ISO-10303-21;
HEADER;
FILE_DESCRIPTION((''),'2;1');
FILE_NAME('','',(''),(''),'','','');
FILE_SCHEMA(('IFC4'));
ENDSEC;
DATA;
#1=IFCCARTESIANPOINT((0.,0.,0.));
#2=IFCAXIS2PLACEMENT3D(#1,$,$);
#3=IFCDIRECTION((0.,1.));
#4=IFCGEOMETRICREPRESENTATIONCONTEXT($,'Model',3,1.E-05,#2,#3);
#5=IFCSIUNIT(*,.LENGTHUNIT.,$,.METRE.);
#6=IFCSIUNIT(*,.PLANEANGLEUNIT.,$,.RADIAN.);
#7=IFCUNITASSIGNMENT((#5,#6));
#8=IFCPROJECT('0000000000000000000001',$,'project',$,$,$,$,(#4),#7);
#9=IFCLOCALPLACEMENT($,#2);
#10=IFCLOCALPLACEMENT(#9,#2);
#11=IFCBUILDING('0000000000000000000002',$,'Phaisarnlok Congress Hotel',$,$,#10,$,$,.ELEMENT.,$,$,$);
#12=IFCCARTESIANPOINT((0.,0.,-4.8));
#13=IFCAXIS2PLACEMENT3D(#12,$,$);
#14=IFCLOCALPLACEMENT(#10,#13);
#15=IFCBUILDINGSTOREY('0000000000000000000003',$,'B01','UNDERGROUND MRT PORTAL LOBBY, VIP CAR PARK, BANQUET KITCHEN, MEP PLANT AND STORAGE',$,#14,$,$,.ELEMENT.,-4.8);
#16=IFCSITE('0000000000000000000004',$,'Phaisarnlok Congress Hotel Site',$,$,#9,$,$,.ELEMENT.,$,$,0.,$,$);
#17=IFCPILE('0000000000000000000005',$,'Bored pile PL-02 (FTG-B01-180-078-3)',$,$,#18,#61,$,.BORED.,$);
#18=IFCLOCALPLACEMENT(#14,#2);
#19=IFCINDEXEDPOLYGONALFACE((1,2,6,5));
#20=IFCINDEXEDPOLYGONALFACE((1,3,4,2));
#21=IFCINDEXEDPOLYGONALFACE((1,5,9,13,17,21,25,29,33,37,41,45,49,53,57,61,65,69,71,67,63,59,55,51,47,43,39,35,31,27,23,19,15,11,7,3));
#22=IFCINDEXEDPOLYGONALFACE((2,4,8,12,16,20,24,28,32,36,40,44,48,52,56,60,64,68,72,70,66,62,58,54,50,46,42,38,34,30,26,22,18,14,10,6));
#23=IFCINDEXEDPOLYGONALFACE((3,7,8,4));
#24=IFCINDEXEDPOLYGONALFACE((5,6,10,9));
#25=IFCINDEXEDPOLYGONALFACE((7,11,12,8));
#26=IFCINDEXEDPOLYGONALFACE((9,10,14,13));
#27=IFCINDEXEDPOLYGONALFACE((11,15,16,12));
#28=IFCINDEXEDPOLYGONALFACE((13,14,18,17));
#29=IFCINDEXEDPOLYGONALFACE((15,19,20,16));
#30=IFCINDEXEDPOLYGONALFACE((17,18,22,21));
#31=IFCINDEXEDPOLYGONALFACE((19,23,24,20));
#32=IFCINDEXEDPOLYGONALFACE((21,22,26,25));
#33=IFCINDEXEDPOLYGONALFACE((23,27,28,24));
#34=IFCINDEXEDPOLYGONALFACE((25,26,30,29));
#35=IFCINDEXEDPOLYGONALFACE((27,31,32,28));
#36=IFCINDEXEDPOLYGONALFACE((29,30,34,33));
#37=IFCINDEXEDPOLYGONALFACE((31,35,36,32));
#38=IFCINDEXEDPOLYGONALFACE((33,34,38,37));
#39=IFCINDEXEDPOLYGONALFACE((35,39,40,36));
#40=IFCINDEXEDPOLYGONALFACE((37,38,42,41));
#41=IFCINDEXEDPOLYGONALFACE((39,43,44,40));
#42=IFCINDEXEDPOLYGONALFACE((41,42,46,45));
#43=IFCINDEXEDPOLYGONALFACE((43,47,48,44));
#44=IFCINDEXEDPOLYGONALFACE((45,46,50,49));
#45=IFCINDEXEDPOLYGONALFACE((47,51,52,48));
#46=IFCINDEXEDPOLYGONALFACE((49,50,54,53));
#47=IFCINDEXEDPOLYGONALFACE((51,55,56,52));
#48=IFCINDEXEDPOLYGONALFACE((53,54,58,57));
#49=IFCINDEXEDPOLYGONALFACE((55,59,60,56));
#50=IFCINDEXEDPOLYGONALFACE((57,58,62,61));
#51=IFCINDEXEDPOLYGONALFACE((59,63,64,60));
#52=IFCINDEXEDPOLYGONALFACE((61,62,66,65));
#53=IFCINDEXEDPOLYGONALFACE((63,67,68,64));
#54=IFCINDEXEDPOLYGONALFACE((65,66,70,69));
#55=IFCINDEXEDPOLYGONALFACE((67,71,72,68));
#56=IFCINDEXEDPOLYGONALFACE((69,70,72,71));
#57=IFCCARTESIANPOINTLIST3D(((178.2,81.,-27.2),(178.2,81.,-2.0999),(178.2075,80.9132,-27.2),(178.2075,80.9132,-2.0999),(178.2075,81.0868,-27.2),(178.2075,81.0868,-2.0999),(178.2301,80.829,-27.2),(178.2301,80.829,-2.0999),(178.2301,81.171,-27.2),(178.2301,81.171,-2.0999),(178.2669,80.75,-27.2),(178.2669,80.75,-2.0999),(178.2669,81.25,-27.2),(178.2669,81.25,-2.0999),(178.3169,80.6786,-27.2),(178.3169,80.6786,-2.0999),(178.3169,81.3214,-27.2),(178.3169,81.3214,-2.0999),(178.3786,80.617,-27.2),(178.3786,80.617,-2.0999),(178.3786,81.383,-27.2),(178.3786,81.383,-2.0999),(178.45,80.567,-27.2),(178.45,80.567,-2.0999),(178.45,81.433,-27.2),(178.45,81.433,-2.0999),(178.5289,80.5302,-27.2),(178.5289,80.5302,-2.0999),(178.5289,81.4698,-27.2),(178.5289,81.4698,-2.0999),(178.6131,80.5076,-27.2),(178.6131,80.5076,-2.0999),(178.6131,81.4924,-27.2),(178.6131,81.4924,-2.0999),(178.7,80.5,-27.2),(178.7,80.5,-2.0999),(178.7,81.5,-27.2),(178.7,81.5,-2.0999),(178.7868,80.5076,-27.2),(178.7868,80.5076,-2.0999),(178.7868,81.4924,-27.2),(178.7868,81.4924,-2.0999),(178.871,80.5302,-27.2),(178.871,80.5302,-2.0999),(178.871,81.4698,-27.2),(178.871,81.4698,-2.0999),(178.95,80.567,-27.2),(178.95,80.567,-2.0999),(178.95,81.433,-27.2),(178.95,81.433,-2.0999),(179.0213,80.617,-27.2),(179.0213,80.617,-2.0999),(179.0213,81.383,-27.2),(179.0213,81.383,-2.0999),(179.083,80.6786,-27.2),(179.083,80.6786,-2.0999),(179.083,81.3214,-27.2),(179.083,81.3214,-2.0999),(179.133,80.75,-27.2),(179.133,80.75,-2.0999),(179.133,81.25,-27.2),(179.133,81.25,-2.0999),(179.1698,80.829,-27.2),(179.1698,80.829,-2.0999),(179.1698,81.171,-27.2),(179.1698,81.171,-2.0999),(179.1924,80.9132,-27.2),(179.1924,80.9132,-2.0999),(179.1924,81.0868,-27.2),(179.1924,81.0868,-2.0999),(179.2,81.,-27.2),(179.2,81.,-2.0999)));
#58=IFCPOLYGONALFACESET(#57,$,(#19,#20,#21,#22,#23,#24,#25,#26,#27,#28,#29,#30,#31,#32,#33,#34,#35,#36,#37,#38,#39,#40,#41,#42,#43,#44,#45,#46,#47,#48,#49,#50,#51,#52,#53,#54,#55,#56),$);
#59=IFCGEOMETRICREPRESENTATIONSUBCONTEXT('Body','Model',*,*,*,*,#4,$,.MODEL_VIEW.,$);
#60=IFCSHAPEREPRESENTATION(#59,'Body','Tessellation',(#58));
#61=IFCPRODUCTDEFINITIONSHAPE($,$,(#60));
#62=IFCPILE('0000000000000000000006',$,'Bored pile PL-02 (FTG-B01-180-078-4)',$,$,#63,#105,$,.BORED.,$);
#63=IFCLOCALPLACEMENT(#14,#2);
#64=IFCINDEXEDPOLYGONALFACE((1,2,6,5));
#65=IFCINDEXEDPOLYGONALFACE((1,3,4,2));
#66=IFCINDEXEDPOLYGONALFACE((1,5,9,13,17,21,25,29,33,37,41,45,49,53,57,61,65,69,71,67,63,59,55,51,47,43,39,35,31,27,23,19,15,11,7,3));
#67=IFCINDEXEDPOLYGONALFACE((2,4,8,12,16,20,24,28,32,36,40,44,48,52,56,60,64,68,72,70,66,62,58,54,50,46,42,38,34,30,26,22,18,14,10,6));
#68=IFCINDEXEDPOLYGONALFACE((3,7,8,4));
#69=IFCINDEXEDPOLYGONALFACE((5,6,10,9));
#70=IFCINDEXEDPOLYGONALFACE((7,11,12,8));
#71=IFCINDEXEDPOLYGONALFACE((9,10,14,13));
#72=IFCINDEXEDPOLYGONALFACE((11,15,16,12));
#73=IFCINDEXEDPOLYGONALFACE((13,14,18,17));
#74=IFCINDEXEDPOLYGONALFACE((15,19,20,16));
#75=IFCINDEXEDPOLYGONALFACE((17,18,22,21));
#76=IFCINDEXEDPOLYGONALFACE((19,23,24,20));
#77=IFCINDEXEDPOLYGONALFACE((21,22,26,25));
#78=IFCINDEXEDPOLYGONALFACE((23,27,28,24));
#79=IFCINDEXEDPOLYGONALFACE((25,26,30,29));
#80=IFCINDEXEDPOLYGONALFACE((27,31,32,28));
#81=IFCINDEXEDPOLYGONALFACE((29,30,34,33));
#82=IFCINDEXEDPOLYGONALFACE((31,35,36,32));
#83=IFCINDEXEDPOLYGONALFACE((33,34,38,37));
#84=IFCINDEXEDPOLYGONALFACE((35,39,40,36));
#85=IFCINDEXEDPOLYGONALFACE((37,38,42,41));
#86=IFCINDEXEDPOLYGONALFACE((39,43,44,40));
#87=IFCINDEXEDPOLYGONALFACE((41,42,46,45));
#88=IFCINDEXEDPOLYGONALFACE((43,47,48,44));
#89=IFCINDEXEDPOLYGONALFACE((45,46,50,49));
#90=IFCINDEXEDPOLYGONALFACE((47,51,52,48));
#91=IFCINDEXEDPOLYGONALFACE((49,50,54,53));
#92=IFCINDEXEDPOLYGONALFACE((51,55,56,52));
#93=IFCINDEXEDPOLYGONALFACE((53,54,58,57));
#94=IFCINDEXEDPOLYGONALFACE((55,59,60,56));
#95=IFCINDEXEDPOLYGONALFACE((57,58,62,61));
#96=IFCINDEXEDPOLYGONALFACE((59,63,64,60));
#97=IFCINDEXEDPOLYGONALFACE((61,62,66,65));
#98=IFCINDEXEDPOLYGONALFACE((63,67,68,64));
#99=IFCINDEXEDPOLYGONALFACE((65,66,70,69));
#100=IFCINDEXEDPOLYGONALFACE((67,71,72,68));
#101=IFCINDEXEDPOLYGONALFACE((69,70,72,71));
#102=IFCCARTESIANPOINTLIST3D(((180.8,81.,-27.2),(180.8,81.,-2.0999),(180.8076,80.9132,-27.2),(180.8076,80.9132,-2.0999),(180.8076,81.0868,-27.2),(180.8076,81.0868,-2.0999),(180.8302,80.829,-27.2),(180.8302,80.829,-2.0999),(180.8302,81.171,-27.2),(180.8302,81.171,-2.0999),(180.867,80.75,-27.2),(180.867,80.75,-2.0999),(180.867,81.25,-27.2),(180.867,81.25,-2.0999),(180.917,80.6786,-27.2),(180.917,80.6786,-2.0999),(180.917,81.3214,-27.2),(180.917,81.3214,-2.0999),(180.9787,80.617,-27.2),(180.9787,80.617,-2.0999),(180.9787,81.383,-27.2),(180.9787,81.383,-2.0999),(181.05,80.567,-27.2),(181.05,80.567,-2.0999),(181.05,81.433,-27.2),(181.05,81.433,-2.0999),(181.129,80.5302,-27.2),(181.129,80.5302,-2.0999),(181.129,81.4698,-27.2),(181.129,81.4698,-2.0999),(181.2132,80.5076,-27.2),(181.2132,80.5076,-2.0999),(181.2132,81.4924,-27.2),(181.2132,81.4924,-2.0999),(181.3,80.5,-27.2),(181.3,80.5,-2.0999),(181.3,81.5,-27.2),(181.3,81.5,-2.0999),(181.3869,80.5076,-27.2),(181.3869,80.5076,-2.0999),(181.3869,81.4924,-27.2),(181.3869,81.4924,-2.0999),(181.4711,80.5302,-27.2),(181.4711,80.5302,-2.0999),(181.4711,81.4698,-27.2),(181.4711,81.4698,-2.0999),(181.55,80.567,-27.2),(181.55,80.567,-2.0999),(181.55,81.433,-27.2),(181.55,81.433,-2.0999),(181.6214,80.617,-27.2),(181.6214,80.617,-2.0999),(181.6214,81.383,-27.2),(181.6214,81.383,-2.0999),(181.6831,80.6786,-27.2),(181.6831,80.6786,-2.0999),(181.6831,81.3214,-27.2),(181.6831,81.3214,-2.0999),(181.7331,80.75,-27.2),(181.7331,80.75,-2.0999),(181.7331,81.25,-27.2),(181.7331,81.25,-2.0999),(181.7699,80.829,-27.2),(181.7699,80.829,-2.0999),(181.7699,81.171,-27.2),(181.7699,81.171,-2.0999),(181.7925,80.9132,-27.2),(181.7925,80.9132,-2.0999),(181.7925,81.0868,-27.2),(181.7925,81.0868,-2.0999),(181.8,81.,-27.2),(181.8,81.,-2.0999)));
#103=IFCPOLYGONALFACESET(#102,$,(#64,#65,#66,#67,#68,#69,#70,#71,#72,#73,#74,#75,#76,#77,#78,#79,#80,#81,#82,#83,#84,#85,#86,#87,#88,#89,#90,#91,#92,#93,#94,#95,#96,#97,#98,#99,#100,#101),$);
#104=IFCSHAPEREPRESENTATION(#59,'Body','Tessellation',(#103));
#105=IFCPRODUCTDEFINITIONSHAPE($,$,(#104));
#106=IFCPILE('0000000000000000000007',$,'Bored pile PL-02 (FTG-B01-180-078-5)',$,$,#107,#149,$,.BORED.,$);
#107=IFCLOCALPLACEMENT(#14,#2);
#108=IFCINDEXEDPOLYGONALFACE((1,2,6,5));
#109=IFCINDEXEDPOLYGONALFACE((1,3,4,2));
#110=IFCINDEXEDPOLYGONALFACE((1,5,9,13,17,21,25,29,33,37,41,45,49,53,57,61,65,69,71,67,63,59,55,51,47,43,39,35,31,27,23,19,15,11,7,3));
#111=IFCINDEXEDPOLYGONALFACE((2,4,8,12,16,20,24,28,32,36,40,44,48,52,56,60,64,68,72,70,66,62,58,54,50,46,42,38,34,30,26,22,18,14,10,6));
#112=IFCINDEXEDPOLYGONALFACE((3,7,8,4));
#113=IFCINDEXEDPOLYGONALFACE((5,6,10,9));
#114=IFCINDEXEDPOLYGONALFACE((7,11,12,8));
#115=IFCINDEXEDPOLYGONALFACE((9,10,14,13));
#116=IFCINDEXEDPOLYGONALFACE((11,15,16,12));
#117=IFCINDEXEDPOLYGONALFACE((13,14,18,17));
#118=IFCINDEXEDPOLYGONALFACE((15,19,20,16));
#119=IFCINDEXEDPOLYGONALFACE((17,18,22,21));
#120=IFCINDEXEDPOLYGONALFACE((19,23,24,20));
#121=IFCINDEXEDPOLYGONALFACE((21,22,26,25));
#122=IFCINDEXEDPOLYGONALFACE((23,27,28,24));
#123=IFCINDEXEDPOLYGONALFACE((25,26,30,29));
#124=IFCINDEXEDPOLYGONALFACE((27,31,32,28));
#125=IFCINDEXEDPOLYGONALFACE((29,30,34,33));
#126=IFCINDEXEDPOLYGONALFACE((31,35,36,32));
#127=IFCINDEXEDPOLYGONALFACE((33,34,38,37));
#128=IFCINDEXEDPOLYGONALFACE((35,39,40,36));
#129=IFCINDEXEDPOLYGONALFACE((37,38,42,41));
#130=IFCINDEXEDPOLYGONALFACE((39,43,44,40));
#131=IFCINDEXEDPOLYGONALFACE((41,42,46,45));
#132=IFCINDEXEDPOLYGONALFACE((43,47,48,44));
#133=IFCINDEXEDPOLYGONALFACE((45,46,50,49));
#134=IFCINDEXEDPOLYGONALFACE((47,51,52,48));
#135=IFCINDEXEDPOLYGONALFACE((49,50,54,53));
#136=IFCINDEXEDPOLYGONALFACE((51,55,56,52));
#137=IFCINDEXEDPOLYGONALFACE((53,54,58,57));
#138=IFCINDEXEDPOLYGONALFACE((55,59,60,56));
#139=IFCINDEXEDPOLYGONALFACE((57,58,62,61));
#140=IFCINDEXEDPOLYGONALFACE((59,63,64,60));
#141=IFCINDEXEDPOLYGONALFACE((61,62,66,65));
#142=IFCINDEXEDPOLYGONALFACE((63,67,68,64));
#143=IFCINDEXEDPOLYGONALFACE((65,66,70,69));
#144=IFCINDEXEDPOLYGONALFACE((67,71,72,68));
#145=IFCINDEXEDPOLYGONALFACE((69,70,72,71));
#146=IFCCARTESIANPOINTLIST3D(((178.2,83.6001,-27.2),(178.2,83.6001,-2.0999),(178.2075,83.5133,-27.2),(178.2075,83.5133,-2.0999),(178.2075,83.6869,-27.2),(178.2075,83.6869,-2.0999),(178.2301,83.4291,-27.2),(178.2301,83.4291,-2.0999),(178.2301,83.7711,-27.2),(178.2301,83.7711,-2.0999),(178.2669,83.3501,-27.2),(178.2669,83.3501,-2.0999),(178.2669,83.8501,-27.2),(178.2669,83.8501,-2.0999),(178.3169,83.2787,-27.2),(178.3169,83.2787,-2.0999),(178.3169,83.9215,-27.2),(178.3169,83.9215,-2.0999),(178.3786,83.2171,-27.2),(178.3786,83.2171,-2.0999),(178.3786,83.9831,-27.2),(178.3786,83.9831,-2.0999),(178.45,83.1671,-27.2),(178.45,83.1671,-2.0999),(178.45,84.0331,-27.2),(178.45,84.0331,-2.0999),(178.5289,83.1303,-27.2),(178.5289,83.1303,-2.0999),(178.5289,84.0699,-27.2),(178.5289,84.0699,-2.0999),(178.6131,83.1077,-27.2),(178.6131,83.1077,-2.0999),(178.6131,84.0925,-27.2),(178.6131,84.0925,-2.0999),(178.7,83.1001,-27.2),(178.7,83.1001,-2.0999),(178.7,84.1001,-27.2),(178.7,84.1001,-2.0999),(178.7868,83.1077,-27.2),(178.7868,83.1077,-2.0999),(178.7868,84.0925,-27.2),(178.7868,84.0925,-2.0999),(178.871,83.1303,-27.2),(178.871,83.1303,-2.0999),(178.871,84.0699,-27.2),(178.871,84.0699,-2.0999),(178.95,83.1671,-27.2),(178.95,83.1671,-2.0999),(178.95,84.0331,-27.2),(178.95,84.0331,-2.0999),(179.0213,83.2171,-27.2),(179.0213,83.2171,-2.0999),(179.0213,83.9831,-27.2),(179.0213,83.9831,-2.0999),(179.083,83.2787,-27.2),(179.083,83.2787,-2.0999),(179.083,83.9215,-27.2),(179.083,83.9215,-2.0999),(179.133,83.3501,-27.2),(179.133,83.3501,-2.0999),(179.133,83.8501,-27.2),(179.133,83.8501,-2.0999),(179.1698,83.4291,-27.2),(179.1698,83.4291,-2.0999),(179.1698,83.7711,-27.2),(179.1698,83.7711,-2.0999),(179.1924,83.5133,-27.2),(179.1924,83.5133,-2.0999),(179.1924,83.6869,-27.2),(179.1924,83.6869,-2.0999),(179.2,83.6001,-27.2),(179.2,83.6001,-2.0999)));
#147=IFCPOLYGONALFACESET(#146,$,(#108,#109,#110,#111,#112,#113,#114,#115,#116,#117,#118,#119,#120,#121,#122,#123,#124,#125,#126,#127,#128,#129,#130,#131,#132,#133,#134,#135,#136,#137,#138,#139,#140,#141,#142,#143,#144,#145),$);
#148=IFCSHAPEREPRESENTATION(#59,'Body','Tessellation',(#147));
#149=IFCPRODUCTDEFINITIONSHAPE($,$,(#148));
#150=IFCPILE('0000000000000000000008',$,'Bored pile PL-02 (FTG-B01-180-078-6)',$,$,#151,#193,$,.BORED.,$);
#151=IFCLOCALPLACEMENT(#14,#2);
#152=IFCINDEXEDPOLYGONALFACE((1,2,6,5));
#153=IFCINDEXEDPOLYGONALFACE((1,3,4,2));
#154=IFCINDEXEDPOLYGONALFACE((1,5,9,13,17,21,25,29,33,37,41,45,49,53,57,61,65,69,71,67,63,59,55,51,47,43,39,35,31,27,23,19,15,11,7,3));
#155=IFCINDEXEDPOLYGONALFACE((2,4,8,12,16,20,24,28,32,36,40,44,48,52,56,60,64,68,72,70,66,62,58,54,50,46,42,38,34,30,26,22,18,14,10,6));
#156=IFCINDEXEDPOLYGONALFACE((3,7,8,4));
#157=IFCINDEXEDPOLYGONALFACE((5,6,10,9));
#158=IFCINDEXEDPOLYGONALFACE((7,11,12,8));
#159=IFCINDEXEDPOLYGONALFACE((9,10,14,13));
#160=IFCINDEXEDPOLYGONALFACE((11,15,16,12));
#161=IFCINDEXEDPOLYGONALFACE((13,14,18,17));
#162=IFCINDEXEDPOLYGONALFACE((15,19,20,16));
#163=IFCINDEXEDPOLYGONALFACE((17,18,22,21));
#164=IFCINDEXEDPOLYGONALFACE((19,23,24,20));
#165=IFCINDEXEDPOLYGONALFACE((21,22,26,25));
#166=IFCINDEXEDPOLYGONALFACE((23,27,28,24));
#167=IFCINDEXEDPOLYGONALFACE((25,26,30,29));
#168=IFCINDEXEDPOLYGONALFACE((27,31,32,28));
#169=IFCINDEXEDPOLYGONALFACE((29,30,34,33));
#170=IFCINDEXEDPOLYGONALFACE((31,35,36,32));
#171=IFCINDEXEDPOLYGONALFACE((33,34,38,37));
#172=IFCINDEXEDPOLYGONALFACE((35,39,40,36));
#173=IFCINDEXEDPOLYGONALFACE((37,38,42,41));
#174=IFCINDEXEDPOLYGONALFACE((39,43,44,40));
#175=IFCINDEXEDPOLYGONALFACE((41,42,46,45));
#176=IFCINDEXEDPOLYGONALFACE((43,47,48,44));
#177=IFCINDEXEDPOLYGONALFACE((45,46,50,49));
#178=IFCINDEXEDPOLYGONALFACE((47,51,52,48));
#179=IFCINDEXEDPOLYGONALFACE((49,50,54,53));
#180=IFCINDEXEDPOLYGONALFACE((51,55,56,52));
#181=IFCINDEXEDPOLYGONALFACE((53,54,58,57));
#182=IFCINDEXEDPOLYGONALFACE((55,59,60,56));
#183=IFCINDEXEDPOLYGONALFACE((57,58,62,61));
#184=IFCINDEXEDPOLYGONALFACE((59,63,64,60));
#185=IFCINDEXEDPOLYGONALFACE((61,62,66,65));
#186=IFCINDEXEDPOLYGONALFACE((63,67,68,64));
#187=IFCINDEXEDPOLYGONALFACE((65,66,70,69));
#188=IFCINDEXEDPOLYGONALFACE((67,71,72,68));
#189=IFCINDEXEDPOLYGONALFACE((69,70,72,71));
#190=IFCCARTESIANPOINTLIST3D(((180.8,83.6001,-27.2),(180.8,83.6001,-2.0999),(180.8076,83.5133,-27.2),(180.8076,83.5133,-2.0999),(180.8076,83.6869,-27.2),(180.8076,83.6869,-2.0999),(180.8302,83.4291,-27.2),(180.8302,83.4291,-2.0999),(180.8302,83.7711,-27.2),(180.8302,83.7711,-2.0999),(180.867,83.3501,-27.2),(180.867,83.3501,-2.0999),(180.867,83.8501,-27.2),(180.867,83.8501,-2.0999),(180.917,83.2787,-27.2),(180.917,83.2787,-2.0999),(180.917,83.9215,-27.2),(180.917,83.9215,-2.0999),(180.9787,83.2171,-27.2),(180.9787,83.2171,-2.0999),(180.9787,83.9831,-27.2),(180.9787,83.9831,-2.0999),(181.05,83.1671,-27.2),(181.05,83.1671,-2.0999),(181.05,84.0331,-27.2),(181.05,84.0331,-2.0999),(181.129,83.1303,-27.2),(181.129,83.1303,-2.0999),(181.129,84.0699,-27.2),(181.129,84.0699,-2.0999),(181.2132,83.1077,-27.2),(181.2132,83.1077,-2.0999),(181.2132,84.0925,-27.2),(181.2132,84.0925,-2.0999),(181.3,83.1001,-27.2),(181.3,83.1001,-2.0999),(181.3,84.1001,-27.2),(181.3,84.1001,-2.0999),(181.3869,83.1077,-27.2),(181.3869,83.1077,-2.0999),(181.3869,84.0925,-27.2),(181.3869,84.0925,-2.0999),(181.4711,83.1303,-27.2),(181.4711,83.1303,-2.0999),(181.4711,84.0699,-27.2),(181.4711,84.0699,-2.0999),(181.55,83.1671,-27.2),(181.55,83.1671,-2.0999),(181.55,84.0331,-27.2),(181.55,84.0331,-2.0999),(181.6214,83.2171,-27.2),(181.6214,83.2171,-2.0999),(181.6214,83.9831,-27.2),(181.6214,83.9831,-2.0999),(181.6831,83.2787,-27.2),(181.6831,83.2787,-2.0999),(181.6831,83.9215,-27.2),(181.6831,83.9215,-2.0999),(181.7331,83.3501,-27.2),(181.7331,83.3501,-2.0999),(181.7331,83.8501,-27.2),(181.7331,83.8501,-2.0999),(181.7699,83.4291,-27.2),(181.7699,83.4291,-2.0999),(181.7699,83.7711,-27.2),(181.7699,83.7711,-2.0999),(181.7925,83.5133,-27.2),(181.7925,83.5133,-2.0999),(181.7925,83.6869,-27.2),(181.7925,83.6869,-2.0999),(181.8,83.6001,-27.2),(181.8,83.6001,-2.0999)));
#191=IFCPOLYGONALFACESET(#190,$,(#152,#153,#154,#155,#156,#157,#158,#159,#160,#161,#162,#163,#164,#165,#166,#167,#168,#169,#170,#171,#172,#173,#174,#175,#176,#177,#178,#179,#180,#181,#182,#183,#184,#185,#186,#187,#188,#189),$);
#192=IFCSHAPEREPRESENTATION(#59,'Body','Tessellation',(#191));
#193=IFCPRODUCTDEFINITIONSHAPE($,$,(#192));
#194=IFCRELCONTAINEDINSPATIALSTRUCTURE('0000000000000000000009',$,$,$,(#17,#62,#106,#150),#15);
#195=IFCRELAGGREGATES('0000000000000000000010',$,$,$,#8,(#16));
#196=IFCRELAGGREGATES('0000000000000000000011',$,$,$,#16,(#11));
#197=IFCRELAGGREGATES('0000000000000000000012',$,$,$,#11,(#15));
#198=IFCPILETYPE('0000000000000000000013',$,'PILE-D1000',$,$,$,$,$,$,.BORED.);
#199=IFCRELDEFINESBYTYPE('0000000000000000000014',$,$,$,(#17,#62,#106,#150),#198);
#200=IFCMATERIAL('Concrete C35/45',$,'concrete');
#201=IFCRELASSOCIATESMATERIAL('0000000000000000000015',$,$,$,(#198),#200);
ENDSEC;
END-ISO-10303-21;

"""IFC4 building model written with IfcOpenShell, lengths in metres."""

from ifc_helpers import new_model, si_unit, direction, frame, origin, origin_2d, place, context, subcontext, project, spatial, circle, extrude, material, material_profile, profile_set, type_object, element, save


model = new_model("IFC4")

# Units and contexts
model_context = context("Model", 3, precision=1e-05, world=origin(), true_north=direction((0.0, 1.0)))
body_context = subcontext(model_context, "Body", "Model", "MODEL_VIEW")
ifc_project = project(units=[si_unit("LENGTHUNIT", "METRE"), si_unit("PLANEANGLEUNIT", "RADIAN")], contexts=[model_context])

# Site, building, storey
site_placement = place(None, origin())
site = spatial("IfcSite", under=ifc_project, at=site_placement, Name="Phaisarnlok Congress Hotel Site", CompositionType="ELEMENT", RefElevation=0.0)
building_placement = place(site_placement, origin())
building = spatial("IfcBuilding", under=site, at=building_placement, Name="Phaisarnlok Congress Hotel", CompositionType="ELEMENT")
storey_placement = place(building_placement, frame((0.0, 0.0, -4.8)))
storey = spatial("IfcBuildingStorey", under=building, at=storey_placement, Name="B01", Description="UNDERGROUND MRT PORTAL LOBBY, VIP CAR PARK, BANQUET KITCHEN, MEP PLANT AND STORAGE", CompositionType="ELEMENT", Elevation=-4.8)

# Piles
ifc_material_1 = material(Name="Concrete C35/45", Category="concrete")
ifc_material_profile_1 = material_profile(ifc_material_1, circle(Radius=0.5, at=origin_2d()), Name="BORED PILE D1000")
ifc_profile_set_1 = profile_set([ifc_material_profile_1], Name="Concrete C35/45")
pile_type_1 = type_object("IfcPileType", Name="PILE-D1000", PredefinedType="BORED", material=ifc_profile_set_1)
for number, where, z_axis, x_axis, name in (
    (1, (178.7, 81.0, -2.0999), (0.0, 0.0, -1.0), (1.0, 0.0, 0.0), "Bored pile PL-02 (FTG-B01-180-078-3)"),
    (2, (181.3, 81.0, -2.0999), (0.0, 0.0, -1.0), (1.0, 0.0, 0.0), "Bored pile PL-02 (FTG-B01-180-078-4)"),
    (3, (178.7, 83.6001, -2.0999), (0.0, 0.0, -1.0), (1.0, 0.0, 0.0), "Bored pile PL-02 (FTG-B01-180-078-5)"),
    (4, (181.3, 83.6001, -2.0999), (0.0, 0.0, -1.0), (1.0, 0.0, 0.0), "Bored pile PL-02 (FTG-B01-180-078-6)"),
):
    element("IfcPile", number, at=place(storey_placement, frame(where, z_axis=z_axis, x_axis=x_axis)), inside=storey, type_object=pile_type_1, Name=name, PredefinedType="BORED", context=body_context, shape_type="SweptSolid", body=[
        extrude(circle(Radius=0.5, at=origin_2d()), origin(), (0.0, 0.0, 1.0), 25.1001),
    ])

save(model, "model.ifc")
